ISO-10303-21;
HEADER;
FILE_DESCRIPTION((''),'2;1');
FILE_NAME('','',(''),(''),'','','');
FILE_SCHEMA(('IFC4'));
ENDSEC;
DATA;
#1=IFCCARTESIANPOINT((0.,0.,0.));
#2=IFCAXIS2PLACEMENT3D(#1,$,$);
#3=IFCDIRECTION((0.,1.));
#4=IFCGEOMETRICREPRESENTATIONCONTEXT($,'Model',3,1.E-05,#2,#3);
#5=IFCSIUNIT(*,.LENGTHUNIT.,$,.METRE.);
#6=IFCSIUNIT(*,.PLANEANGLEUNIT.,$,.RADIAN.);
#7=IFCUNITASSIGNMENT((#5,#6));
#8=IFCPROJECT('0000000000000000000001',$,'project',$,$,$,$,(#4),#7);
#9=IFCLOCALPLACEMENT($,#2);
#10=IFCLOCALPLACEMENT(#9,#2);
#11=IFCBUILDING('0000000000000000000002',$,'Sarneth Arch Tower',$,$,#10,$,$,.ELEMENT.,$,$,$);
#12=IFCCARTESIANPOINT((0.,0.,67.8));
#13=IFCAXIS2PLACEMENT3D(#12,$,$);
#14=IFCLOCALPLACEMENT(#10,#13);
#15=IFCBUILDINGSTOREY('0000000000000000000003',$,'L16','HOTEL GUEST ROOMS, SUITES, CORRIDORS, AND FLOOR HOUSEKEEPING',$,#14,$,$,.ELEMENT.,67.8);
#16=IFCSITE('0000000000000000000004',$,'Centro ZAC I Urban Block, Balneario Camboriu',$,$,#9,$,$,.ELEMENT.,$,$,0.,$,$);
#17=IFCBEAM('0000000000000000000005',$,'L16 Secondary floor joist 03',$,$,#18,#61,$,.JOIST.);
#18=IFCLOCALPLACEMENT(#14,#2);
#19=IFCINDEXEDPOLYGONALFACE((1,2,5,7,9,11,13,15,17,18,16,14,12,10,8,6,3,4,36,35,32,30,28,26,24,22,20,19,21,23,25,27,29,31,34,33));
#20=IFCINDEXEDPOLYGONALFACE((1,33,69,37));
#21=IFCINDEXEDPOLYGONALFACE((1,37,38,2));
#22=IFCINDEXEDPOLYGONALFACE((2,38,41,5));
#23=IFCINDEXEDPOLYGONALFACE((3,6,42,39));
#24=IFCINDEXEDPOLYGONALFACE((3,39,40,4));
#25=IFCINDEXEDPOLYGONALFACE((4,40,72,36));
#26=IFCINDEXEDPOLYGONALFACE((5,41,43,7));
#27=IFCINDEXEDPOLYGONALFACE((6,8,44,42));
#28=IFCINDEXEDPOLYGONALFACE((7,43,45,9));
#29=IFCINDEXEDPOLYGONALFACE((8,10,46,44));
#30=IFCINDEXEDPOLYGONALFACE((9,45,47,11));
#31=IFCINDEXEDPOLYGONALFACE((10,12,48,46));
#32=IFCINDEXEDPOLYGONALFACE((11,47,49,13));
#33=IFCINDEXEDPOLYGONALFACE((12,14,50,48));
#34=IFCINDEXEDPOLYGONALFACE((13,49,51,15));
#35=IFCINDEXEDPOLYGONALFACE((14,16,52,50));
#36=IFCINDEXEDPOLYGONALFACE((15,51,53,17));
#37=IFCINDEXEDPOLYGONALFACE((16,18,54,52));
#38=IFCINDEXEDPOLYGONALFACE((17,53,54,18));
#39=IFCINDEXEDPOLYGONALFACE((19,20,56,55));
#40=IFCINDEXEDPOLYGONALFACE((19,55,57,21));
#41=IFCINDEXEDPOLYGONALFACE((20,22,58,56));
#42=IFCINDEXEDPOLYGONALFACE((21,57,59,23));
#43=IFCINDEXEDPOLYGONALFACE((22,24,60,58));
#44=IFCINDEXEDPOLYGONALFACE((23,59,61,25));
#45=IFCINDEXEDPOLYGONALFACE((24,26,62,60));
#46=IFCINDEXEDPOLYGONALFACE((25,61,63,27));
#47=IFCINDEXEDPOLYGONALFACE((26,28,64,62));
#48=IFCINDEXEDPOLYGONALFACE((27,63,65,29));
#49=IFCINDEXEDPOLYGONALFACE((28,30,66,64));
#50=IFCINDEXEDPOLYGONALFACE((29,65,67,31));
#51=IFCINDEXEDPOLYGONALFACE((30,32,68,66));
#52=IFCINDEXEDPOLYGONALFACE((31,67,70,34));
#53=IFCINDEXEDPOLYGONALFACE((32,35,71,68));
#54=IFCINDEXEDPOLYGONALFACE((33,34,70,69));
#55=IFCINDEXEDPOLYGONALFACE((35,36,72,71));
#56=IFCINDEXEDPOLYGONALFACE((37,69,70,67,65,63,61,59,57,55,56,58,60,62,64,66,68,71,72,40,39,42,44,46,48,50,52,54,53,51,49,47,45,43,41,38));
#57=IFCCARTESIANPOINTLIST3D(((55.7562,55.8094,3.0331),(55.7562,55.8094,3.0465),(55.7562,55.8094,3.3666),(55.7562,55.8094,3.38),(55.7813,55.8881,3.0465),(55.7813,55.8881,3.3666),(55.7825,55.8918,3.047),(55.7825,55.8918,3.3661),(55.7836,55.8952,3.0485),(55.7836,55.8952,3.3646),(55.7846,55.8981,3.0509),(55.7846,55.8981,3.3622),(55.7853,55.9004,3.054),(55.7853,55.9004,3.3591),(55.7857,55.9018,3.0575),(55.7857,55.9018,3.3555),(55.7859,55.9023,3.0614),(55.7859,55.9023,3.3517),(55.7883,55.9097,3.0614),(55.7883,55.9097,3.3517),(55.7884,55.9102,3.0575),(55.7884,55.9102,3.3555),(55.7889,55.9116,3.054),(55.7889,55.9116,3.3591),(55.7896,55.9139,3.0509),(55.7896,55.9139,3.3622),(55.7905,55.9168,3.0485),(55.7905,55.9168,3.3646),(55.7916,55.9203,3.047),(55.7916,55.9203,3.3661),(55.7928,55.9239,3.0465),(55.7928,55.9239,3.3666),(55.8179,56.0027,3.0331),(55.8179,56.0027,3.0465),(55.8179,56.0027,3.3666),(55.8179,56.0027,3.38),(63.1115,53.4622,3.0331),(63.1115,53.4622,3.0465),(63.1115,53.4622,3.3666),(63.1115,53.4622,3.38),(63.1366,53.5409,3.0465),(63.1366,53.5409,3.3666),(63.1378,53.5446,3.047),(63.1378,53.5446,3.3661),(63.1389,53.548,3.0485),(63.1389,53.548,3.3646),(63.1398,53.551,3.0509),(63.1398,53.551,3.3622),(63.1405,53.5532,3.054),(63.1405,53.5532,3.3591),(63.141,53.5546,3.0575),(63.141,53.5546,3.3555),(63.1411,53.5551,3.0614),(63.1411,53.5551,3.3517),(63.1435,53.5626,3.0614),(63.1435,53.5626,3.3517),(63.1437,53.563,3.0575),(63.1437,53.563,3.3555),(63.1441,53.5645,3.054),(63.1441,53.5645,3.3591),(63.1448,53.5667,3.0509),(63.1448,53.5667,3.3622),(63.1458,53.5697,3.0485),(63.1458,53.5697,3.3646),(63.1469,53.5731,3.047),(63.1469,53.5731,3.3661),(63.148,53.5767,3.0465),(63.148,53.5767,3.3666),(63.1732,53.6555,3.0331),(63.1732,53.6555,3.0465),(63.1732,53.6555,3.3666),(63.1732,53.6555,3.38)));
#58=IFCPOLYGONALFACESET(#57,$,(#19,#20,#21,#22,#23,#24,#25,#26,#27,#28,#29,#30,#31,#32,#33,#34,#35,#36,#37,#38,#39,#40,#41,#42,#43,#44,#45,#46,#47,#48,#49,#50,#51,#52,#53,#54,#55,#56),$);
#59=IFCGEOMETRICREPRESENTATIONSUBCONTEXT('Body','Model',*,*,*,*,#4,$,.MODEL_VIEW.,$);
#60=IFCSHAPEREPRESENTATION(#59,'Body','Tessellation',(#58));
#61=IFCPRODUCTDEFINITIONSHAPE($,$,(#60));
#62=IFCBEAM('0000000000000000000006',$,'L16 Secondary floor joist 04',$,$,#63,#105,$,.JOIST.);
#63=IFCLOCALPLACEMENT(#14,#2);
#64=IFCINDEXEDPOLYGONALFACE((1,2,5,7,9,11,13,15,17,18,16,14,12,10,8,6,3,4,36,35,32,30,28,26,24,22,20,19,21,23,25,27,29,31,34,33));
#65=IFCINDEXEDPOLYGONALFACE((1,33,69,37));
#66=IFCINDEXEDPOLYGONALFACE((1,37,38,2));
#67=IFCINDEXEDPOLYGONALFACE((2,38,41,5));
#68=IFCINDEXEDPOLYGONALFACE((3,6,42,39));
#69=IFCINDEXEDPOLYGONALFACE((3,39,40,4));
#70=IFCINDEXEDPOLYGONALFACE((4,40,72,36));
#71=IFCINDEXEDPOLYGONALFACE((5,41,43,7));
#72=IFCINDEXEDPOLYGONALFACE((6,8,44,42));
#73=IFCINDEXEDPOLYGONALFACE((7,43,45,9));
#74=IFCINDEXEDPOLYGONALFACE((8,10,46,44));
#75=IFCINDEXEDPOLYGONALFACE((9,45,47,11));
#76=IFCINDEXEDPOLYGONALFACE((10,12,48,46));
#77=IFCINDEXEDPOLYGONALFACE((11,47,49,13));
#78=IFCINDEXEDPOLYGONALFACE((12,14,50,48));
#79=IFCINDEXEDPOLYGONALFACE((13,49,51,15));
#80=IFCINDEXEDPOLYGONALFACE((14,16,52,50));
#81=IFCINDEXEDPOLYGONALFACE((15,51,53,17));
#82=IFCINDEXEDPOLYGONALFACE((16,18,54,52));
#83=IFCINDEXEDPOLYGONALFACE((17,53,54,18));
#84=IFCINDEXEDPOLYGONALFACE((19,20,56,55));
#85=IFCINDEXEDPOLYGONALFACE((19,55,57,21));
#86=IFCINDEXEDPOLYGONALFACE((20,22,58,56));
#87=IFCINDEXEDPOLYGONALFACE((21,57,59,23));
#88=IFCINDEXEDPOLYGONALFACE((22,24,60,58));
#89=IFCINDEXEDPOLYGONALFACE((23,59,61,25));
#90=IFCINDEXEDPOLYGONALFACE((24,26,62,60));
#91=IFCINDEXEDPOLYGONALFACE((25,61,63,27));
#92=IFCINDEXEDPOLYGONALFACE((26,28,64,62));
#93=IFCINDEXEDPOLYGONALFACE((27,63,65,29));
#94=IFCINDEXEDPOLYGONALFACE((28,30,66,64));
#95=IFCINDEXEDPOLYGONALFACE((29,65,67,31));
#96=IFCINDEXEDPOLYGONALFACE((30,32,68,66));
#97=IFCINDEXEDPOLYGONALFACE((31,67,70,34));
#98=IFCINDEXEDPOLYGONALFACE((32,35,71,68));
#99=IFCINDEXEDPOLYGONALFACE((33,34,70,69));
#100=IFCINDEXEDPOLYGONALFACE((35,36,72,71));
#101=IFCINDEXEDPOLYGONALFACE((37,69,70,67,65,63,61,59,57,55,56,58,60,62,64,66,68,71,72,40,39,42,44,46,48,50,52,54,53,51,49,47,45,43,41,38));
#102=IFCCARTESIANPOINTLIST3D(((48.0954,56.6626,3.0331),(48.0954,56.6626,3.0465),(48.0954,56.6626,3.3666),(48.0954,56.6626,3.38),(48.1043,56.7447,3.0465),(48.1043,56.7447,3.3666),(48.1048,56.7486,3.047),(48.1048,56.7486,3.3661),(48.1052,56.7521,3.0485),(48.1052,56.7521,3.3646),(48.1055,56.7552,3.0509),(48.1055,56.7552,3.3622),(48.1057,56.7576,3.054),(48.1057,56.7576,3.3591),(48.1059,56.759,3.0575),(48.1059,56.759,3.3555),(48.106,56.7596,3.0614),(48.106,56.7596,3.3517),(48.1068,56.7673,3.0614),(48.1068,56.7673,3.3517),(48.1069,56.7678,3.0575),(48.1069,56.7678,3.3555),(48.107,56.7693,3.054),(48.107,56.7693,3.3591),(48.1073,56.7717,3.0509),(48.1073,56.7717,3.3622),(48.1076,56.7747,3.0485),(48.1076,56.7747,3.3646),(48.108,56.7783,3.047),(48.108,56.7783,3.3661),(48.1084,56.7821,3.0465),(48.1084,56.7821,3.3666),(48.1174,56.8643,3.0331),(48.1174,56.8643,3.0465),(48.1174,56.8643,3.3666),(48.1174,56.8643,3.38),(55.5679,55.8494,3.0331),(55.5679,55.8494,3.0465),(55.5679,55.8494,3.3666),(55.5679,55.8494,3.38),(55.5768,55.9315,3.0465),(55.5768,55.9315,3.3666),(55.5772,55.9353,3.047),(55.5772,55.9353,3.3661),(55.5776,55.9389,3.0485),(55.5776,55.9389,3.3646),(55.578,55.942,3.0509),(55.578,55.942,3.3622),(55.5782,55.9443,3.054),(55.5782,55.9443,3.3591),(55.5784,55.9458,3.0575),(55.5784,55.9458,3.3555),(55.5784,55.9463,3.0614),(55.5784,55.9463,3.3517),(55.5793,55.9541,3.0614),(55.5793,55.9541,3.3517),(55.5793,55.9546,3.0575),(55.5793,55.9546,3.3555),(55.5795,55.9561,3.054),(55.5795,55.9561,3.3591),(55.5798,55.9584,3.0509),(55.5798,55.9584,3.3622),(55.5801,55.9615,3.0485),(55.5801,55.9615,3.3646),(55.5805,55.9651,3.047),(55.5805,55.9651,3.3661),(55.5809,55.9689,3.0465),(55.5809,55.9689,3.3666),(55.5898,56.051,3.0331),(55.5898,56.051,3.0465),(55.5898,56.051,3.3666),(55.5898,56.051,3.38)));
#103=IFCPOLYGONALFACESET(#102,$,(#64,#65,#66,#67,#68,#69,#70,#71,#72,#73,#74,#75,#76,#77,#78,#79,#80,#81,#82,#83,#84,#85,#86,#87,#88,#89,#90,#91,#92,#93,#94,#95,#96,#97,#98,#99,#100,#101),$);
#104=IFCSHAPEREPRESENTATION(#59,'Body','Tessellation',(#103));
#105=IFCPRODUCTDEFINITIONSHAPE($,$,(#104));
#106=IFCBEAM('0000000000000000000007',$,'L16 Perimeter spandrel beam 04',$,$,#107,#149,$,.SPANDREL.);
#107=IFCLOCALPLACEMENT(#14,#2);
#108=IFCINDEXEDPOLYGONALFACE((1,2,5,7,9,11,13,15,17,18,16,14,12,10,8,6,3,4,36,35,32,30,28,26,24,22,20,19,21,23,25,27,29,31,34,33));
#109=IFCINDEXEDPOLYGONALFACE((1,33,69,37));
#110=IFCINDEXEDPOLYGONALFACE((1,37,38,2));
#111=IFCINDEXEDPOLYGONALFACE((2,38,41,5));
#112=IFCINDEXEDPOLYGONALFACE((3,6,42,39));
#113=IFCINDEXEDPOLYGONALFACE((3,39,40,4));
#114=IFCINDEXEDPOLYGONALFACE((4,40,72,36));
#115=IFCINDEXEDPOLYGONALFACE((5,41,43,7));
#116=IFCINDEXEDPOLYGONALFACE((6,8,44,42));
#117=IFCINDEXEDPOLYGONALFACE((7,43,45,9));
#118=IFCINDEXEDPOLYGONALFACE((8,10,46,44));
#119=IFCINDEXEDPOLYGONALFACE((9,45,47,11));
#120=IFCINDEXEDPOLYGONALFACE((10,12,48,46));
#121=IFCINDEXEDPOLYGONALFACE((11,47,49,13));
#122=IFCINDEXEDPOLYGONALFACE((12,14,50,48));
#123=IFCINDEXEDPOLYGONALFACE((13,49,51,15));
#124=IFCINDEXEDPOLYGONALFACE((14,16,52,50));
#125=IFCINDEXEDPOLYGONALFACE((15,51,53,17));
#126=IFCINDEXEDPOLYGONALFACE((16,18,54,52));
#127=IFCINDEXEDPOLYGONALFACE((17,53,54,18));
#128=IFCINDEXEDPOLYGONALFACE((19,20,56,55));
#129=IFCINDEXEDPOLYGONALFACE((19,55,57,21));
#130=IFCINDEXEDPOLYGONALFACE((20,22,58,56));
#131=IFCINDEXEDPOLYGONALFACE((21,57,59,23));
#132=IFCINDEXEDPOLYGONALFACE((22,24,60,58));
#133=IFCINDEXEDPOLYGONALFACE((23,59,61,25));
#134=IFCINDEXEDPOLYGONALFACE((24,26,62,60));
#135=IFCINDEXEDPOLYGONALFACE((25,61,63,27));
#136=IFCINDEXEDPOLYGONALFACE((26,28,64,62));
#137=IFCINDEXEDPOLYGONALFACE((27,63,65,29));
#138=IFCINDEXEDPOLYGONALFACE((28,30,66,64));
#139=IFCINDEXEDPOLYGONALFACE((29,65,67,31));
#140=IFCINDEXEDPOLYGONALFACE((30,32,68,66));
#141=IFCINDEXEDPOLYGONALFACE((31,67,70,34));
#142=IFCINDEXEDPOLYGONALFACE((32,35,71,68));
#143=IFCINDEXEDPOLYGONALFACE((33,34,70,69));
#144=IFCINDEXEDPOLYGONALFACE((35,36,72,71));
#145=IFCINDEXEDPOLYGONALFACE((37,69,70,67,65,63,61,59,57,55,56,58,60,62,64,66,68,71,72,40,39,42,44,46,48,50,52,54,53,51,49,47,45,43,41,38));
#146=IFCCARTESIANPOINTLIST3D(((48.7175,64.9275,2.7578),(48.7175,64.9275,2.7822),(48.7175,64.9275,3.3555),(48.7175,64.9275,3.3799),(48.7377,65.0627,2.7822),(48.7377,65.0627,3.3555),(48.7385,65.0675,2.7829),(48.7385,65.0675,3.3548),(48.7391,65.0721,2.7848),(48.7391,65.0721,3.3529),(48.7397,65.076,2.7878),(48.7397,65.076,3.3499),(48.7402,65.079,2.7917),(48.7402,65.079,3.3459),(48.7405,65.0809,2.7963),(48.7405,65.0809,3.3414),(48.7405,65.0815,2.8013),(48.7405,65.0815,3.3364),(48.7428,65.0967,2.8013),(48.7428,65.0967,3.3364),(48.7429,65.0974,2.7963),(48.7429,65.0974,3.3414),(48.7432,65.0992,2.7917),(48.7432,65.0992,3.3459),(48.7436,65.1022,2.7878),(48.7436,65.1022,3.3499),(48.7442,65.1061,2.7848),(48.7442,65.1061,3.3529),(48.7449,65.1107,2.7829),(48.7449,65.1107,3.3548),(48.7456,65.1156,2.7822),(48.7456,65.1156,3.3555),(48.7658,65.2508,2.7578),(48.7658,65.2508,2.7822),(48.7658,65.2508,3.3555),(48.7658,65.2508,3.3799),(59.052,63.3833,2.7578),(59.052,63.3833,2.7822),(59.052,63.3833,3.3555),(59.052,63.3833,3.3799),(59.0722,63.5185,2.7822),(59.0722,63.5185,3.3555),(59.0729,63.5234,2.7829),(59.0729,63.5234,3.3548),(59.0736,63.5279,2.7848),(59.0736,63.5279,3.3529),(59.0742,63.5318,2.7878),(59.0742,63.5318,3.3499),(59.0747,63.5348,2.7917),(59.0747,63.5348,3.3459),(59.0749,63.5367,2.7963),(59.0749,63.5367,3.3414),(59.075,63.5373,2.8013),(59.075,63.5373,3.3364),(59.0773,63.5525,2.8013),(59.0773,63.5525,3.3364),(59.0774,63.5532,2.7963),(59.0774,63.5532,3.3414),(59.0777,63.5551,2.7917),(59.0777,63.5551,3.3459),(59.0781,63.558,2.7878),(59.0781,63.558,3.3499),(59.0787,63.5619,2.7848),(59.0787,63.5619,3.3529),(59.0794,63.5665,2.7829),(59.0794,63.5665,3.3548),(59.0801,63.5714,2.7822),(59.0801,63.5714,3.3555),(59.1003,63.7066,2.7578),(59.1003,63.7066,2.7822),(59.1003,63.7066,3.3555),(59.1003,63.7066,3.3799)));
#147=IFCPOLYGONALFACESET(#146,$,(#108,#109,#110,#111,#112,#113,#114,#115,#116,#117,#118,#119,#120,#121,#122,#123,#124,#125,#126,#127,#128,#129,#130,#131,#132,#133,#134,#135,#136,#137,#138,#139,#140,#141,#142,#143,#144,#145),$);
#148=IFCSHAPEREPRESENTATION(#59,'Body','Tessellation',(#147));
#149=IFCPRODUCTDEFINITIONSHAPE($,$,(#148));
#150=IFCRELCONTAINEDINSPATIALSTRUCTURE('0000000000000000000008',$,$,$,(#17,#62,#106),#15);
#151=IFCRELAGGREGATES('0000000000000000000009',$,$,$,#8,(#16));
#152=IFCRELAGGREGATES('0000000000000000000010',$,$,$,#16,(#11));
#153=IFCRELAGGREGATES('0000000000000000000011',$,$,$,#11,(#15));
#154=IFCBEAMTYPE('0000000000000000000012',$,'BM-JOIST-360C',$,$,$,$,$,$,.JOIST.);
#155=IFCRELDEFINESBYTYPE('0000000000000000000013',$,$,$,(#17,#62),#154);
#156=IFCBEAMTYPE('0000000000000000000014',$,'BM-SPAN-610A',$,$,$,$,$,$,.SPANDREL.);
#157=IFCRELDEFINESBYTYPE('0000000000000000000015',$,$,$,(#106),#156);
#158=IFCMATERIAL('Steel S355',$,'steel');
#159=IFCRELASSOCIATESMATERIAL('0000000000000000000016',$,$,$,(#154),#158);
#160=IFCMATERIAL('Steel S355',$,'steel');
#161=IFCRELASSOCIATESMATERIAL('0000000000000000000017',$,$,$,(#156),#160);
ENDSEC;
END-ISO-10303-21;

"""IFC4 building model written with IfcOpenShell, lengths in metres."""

from ifc_helpers import new_model, si_unit, direction, frame, origin, origin_2d, place, context, subcontext, project, spatial, i_section, extrude, material, material_profile, profile_set, type_object, element, save


model = new_model("IFC4")

# Units and contexts
model_context = context("Model", 3, precision=1e-05, world=origin(), true_north=direction((0.0, 1.0)))
body_context = subcontext(model_context, "Body", "Model", "MODEL_VIEW")
ifc_project = project(units=[si_unit("LENGTHUNIT", "METRE"), si_unit("PLANEANGLEUNIT", "RADIAN")], contexts=[model_context])

# Site, building, storey
site_placement = place(None, origin())
site = spatial("IfcSite", under=ifc_project, at=site_placement, Name="Centro ZAC I Urban Block, Balneario Camboriu", CompositionType="ELEMENT", RefElevation=0.0)
building_placement = place(site_placement, origin())
building = spatial("IfcBuilding", under=site, at=building_placement, Name="Sarneth Arch Tower", CompositionType="ELEMENT")
storey_placement = place(building_placement, frame((0.0, 0.0, 67.8)))
storey = spatial("IfcBuildingStorey", under=building, at=storey_placement, Name="L16", Description="HOTEL GUEST ROOMS, SUITES, CORRIDORS, AND FLOOR HOUSEKEEPING", CompositionType="ELEMENT", Elevation=67.8)

# Beams
ifc_material_1 = material(Name="Steel S355", Category="steel")
ifc_material_profile_1 = material_profile(ifc_material_1, i_section(OverallWidth=0.2029, OverallDepth=0.3469, WebThickness=0.0078, FlangeThickness=0.0134, FilletRadius=0.0149, at=origin_2d()), Name="W360x64")
ifc_profile_set_1 = profile_set([ifc_material_profile_1], Name="Steel S355")
beam_type_1 = type_object("IfcBeamType", Name="BM-JOIST-360C", PredefinedType="JOIST", material=ifc_profile_set_1)
beam_1_placement = place(storey_placement, frame((63.1423, 53.5588, 3.2065), z_axis=(-0.952668, 0.304011, 0.0), x_axis=(-0.304011, -0.952668, 0.0)))
element("IfcBeam", 1, at=beam_1_placement, inside=storey, type_object=beam_type_1, Name="L16 Secondary floor joist 03", PredefinedType="JOIST", context=body_context, shape_type="SweptSolid", body=[
    extrude(i_section(OverallWidth=0.2029, OverallDepth=0.3469, WebThickness=0.0078, FlangeThickness=0.0134, FilletRadius=0.0149, at=origin_2d()), origin(), (0.0, 0.0, 1.0), 7.7207),
])
beam_2_placement = place(storey_placement, frame((55.5789, 55.9502, 3.2065), z_axis=(-0.99413, 0.108192, 0.0), x_axis=(-0.108192, -0.99413, 0.0)))
element("IfcBeam", 2, at=beam_2_placement, inside=storey, type_object=beam_type_1, Name="L16 Secondary floor joist 04", PredefinedType="JOIST", context=body_context, shape_type="SweptSolid", body=[
    extrude(i_section(OverallWidth=0.2029, OverallDepth=0.3469, WebThickness=0.0078, FlangeThickness=0.0134, FilletRadius=0.0149, at=origin_2d()), origin(), (0.0, 0.0, 1.0), 7.5166),
])
ifc_material_2 = material(Name="Steel S355", Category="steel")
ifc_material_profile_2 = material_profile(ifc_material_2, i_section(OverallWidth=0.3269, OverallDepth=0.6221, WebThickness=0.0154, FlangeThickness=0.0244, FilletRadius=0.019, at=origin_2d()), Name="W610x195")
ifc_profile_set_2 = profile_set([ifc_material_profile_2], Name="Steel S355")
beam_type_2 = type_object("IfcBeamType", Name="BM-SPAN-610A", PredefinedType="SPANDREL", material=ifc_profile_set_2)
beam_3_placement = place(storey_placement, frame((59.0762, 63.5449, 3.0688), z_axis=(-0.98902, 0.147781, 0.0), x_axis=(-0.147781, -0.98902, 0.0)))
element("IfcBeam", 3, at=beam_3_placement, inside=storey, type_object=beam_type_2, Name="L16 Perimeter spandrel beam 04", PredefinedType="SPANDREL", context=body_context, shape_type="SweptSolid", body=[
    extrude(i_section(OverallWidth=0.3269, OverallDepth=0.6221, WebThickness=0.0154, FlangeThickness=0.0244, FilletRadius=0.019, at=origin_2d()), origin(), (0.0, 0.0, 1.0), 10.4492),
])

save(model, "model.ifc")
